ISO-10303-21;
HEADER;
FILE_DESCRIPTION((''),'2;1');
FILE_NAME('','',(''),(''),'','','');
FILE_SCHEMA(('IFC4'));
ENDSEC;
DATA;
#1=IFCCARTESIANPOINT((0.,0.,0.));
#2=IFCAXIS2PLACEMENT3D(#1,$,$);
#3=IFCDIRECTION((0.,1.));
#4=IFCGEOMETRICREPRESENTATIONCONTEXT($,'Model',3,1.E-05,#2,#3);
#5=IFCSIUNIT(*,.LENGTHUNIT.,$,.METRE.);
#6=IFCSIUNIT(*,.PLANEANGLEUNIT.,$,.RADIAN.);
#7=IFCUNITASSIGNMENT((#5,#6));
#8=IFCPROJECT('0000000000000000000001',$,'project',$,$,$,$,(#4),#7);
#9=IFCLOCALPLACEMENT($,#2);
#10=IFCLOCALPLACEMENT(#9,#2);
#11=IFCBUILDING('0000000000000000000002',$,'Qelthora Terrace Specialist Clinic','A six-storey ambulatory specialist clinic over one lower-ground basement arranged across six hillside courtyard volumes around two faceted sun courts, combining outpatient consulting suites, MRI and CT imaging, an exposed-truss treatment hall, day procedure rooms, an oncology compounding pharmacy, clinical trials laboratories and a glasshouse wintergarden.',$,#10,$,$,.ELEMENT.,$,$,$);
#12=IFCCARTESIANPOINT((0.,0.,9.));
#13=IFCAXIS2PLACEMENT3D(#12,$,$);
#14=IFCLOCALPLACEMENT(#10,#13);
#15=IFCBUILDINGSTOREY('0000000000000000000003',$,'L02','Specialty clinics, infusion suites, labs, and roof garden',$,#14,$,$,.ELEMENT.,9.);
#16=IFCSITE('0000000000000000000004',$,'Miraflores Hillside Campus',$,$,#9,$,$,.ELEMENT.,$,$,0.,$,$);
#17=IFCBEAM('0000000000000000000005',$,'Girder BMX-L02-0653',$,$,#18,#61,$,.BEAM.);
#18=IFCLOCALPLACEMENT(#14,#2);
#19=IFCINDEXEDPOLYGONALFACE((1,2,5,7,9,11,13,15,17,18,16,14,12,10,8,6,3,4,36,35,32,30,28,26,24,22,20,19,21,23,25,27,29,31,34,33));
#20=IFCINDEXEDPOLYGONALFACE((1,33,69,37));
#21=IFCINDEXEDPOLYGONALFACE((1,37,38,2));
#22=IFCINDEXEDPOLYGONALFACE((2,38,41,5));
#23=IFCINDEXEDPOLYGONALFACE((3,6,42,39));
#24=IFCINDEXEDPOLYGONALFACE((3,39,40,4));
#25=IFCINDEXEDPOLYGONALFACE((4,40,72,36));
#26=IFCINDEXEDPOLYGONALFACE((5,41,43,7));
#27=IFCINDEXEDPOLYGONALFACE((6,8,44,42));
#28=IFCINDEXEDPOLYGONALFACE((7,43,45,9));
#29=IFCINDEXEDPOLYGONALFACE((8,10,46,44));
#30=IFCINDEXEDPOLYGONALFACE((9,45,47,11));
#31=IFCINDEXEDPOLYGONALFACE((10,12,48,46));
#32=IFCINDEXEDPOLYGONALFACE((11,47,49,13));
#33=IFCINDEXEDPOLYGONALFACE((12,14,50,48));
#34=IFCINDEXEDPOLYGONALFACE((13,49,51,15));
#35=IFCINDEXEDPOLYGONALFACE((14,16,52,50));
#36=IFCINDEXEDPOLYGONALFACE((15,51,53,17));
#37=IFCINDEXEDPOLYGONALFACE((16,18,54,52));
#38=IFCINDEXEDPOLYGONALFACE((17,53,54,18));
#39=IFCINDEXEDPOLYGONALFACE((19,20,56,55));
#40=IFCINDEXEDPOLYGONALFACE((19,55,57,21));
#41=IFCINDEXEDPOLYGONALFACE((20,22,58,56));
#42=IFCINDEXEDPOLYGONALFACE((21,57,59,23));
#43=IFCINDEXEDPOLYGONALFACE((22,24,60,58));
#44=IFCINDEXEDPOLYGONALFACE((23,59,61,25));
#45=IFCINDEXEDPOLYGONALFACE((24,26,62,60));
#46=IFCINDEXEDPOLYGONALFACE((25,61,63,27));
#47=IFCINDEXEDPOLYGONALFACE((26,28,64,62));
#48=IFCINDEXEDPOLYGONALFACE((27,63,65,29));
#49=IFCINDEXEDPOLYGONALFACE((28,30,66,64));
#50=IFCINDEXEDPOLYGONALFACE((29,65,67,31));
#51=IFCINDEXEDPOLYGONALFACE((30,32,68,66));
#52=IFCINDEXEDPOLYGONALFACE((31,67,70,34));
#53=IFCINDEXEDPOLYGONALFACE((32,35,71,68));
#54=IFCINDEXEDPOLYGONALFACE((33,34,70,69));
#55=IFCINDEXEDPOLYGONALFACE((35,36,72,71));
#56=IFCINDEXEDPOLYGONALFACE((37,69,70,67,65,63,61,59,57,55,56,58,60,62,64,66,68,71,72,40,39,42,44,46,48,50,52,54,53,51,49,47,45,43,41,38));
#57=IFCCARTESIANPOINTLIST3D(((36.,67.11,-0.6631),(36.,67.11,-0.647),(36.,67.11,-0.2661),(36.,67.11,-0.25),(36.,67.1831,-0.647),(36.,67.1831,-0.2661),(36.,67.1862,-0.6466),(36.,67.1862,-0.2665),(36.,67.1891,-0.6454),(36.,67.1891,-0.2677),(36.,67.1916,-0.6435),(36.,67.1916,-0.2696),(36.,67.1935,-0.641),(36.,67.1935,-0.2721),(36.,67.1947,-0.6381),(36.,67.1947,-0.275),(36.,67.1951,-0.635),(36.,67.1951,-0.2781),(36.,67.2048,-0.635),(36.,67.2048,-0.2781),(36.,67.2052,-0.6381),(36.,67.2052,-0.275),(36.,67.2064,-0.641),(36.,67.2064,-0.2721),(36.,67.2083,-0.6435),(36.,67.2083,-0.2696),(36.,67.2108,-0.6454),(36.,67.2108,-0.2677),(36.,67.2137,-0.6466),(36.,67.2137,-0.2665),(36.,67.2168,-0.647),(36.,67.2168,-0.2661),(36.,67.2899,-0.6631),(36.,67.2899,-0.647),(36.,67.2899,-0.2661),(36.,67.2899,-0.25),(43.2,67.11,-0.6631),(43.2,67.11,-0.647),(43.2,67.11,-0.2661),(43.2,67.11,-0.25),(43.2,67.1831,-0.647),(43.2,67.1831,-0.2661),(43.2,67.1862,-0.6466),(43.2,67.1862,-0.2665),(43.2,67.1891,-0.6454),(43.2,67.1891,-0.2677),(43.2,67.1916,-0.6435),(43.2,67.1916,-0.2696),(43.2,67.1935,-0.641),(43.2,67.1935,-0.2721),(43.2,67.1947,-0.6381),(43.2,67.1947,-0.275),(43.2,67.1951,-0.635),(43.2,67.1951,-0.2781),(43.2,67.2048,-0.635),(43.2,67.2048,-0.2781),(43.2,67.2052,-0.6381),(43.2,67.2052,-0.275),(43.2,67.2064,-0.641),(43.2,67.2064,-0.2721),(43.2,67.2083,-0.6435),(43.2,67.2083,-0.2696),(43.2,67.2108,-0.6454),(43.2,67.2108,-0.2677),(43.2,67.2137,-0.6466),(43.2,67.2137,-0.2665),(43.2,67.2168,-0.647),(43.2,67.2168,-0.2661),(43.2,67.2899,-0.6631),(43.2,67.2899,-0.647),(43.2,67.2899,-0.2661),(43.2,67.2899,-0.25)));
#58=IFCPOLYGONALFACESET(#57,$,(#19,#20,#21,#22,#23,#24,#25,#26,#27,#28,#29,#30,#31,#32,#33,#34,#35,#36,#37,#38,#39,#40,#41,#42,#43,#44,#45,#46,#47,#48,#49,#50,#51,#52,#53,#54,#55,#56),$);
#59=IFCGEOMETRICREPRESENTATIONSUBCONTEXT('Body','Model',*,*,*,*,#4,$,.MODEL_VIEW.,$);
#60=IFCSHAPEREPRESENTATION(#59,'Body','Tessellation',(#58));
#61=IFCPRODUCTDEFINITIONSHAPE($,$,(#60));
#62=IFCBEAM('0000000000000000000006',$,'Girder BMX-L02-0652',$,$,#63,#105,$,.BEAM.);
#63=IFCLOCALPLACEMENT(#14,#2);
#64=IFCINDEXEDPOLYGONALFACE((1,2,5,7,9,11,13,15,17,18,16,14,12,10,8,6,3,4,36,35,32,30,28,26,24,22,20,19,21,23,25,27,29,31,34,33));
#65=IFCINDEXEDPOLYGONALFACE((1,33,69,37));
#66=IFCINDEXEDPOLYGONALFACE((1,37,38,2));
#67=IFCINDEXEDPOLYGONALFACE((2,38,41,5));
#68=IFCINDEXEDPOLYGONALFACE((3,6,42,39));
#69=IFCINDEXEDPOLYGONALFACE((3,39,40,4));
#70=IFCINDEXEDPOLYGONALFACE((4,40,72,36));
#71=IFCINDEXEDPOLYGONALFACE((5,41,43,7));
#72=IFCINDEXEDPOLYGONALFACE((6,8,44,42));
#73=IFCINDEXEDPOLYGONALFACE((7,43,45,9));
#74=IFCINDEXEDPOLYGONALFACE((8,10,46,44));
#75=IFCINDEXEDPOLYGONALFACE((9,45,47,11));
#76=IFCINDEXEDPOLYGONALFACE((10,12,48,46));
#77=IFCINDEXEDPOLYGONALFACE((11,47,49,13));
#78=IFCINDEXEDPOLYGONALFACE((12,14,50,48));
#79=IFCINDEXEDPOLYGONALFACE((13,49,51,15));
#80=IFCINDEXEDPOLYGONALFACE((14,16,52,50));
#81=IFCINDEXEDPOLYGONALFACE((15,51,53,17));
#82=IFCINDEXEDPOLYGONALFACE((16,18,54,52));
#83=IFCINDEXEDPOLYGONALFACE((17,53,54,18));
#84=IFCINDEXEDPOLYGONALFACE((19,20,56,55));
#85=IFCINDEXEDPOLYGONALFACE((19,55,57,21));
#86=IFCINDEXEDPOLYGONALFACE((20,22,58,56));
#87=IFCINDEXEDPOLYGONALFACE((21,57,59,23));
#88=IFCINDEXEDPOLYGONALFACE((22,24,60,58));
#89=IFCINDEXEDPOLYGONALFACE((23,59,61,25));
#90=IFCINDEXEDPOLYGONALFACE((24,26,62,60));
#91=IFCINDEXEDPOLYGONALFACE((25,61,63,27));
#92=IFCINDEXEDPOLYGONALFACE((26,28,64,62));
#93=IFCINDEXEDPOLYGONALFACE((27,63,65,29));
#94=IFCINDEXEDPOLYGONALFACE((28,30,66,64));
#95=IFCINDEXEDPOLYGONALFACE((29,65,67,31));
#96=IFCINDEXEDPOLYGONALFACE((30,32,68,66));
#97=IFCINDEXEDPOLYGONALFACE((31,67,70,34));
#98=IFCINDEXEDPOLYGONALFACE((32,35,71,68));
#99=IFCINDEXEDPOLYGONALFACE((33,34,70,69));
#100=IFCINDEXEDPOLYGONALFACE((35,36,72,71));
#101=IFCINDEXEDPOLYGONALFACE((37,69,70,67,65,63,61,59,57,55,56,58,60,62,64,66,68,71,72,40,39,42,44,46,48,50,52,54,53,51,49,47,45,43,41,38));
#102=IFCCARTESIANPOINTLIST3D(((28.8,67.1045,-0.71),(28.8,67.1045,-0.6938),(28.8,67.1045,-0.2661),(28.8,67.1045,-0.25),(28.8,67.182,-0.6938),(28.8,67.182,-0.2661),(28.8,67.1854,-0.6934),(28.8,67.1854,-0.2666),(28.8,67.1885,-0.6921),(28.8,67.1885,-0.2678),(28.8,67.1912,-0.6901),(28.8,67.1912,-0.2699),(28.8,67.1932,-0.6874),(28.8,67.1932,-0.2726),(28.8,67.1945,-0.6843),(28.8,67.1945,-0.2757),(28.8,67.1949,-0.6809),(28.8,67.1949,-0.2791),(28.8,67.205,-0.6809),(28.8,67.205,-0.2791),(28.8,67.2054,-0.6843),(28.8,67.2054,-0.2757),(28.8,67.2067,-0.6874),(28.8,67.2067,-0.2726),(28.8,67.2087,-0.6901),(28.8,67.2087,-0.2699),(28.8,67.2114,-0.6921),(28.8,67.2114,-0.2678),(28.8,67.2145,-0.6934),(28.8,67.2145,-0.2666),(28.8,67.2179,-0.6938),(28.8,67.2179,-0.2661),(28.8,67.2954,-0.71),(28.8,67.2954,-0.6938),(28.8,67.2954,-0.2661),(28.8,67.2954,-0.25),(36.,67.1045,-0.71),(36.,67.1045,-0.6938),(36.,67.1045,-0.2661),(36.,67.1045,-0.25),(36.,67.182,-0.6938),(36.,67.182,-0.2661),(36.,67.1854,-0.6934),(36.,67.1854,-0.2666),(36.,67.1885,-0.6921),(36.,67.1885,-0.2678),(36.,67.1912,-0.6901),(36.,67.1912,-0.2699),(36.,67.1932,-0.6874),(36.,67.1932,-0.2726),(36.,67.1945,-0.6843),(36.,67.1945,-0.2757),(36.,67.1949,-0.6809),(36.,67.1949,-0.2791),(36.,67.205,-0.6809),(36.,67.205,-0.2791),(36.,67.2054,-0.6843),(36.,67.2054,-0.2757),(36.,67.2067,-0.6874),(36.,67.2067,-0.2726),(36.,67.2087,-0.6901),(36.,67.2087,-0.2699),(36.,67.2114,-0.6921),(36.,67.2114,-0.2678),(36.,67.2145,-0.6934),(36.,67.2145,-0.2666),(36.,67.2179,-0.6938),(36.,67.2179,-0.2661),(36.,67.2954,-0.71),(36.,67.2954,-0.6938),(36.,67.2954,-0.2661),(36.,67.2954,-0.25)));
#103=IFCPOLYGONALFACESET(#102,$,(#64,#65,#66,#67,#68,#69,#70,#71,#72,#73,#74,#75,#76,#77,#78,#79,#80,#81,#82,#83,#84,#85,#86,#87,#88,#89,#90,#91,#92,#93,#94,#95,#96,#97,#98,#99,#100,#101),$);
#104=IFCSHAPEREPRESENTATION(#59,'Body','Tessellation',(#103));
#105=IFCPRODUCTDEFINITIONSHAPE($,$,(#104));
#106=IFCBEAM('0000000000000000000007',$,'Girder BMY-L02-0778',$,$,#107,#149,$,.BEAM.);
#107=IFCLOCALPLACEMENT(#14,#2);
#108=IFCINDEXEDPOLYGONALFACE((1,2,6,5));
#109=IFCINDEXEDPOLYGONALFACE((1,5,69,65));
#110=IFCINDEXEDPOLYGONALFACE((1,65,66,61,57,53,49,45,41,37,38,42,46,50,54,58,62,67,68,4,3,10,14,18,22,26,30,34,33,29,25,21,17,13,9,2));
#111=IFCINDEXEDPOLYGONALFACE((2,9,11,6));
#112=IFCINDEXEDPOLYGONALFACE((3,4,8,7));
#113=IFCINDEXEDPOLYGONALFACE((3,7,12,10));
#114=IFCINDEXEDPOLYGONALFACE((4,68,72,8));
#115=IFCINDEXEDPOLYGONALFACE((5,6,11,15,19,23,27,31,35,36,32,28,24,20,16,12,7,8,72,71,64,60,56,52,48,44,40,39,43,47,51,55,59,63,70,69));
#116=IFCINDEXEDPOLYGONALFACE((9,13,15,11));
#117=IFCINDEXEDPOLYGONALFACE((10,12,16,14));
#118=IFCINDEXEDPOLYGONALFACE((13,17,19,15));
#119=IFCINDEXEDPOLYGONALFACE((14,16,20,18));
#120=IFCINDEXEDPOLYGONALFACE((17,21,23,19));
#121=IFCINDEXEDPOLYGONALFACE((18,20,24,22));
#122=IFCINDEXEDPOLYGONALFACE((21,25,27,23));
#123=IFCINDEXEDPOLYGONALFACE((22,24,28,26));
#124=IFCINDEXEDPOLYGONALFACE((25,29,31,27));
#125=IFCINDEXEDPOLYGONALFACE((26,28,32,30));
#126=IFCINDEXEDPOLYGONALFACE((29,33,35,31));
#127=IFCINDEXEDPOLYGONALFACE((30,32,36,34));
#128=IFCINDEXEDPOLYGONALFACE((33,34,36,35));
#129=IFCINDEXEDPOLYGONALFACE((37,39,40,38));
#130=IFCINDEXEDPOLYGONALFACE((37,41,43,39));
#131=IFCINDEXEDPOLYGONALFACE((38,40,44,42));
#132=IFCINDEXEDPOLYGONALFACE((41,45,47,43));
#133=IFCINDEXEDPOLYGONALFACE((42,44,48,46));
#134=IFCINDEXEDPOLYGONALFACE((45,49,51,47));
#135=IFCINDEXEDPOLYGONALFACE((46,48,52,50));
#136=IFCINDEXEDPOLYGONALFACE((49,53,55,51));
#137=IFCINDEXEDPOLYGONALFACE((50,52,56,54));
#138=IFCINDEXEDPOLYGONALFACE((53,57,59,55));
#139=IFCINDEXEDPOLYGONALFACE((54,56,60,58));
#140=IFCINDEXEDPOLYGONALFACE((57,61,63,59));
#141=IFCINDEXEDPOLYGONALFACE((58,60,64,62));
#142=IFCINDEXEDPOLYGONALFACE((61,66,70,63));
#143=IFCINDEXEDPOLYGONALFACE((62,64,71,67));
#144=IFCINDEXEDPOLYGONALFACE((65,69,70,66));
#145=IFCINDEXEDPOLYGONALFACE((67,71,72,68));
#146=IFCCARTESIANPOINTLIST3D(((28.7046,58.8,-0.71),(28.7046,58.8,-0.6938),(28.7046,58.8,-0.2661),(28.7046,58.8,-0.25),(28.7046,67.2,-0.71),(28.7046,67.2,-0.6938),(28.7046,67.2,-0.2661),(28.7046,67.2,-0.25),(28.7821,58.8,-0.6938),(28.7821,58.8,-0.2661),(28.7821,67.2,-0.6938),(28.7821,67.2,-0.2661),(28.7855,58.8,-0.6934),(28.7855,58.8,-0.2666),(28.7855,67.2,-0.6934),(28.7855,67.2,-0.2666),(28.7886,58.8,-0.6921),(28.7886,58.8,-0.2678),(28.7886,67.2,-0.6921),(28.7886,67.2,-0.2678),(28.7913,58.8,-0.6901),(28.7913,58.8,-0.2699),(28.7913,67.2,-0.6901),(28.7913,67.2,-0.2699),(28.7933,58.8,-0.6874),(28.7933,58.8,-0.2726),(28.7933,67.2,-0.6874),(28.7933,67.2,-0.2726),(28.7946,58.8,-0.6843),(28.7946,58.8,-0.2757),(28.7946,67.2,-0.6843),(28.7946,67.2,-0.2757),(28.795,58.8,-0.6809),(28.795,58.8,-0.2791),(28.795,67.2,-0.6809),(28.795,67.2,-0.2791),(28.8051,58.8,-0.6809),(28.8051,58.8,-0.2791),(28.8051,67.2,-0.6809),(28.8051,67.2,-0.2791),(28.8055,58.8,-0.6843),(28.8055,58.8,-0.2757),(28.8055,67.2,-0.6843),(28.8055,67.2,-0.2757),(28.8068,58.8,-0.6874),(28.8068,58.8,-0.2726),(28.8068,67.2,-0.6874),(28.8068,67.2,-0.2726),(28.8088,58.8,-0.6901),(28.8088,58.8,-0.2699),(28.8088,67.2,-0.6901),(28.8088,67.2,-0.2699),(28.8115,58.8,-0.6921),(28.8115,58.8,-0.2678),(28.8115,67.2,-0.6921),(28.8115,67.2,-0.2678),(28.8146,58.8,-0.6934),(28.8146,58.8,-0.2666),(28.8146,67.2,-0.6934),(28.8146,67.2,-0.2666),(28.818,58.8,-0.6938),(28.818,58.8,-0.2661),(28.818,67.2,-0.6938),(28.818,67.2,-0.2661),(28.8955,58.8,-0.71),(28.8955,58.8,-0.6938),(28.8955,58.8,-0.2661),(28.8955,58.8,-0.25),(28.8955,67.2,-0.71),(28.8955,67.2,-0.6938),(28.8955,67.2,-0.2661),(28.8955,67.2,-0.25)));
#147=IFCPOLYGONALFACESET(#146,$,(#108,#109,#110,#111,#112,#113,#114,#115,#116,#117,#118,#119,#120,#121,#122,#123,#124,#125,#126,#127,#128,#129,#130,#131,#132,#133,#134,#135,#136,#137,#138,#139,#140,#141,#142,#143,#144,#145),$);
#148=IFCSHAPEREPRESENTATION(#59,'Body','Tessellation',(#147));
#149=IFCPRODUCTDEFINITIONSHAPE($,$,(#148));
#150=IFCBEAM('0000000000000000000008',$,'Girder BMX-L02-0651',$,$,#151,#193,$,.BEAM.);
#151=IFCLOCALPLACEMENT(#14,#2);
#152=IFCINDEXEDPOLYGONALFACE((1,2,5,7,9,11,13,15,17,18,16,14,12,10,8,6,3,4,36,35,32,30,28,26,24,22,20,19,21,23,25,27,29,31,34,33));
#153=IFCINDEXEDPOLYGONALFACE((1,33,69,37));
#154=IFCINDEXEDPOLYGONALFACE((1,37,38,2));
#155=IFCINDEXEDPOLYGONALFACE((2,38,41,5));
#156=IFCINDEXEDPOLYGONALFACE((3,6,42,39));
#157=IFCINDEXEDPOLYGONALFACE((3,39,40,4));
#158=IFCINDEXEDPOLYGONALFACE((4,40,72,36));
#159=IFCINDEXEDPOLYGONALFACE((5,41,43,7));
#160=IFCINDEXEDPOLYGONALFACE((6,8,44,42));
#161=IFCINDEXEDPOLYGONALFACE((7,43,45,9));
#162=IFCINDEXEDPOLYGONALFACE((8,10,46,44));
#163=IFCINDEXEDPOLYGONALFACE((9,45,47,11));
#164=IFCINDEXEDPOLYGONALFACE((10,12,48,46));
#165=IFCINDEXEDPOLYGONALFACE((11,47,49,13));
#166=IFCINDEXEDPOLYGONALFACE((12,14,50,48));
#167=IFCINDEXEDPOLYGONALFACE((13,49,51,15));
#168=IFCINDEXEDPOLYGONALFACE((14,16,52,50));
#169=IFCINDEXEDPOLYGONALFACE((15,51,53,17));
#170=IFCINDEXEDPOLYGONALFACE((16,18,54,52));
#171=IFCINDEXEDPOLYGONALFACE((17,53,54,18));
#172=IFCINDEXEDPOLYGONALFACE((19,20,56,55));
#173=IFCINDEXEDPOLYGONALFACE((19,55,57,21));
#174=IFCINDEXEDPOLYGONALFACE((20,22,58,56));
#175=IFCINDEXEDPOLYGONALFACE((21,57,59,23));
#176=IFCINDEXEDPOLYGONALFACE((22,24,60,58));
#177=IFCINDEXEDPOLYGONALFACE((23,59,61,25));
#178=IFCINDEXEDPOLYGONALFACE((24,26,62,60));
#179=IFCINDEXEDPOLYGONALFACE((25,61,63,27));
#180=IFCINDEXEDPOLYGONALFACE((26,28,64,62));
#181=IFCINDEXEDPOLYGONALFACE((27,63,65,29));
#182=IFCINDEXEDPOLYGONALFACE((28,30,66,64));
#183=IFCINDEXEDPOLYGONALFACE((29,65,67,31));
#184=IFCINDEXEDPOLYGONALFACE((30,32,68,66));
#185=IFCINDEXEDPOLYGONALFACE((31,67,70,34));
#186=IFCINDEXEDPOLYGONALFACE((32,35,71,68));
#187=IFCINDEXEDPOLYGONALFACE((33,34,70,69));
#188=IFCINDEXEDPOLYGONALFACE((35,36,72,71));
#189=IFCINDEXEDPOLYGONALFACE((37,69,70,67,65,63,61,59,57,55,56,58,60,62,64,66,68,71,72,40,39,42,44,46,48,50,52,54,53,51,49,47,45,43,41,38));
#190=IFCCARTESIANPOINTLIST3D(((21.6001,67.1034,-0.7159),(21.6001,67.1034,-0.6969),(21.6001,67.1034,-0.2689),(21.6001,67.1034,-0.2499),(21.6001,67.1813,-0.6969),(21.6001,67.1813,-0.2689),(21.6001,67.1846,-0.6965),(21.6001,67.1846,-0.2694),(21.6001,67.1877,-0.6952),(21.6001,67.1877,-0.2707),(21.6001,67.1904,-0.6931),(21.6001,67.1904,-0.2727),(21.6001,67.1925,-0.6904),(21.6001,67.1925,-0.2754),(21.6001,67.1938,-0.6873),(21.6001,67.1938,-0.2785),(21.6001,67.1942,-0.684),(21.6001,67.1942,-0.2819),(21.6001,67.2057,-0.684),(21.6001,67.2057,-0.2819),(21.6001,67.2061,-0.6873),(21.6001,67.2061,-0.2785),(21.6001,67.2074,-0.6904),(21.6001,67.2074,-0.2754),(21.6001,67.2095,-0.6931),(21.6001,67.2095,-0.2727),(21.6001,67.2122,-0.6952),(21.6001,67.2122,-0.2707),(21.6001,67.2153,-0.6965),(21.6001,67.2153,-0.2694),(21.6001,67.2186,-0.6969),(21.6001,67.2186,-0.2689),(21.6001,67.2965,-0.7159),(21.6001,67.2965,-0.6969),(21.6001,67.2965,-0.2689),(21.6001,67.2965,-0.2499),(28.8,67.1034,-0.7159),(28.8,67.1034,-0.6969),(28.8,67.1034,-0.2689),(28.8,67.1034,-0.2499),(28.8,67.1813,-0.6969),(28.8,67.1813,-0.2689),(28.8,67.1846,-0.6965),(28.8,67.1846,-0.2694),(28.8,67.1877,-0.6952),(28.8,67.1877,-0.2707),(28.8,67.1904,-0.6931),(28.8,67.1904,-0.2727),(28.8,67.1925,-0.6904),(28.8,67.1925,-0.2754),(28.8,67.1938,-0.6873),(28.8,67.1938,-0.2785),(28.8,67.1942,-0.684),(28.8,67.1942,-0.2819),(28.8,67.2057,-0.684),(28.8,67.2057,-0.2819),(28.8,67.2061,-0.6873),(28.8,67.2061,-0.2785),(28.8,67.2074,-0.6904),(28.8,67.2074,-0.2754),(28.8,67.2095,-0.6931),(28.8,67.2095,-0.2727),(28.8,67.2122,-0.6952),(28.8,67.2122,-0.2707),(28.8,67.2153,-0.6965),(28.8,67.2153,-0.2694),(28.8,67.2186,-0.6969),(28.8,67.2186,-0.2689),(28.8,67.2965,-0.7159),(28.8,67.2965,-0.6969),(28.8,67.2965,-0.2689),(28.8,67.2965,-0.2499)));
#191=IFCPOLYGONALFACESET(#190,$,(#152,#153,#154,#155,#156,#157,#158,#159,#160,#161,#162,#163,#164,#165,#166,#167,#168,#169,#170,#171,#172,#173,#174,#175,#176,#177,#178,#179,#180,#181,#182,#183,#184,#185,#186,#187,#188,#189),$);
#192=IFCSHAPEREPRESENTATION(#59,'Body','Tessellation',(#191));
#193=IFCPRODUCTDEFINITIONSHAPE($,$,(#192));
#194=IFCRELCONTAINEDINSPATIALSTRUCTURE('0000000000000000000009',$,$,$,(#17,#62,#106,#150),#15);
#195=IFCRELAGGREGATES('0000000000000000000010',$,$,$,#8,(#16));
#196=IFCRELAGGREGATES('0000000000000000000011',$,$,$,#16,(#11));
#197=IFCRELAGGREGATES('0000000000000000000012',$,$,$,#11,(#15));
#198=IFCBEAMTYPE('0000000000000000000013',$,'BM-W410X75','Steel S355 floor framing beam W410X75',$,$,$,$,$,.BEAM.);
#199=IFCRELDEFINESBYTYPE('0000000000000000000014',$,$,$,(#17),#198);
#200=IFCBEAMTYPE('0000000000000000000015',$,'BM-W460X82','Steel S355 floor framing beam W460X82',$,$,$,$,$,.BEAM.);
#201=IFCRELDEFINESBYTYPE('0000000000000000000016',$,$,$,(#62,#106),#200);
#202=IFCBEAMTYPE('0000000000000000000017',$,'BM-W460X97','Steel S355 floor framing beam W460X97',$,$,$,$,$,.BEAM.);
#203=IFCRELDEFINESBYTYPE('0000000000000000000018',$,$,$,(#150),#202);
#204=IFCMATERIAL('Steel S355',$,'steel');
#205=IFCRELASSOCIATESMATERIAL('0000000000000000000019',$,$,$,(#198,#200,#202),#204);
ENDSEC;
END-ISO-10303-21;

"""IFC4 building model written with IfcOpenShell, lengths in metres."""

from ifc_helpers import new_model, si_unit, direction, frame, origin, origin_2d, place, context, subcontext, project, spatial, i_section, extrude, material, material_profile, profile_set, type_object, element, save


model = new_model("IFC4")

# Units and contexts
model_context = context("Model", 3, precision=1e-05, world=origin(), true_north=direction((0.0, 1.0)))
body_context = subcontext(model_context, "Body", "Model", "MODEL_VIEW")
ifc_project = project(units=[si_unit("LENGTHUNIT", "METRE"), si_unit("PLANEANGLEUNIT", "RADIAN")], contexts=[model_context])

# Site, building, storey
site_placement = place(None, origin())
site = spatial("IfcSite", under=ifc_project, at=site_placement, Name="Miraflores Hillside Campus", CompositionType="ELEMENT", RefElevation=0.0)
building_placement = place(site_placement, origin())
building = spatial("IfcBuilding", under=site, at=building_placement, Name="Qelthora Terrace Specialist Clinic", Description="A six-storey ambulatory specialist clinic over one lower-ground basement arranged across six hillside courtyard volumes around two faceted sun courts, combining outpatient consulting suites, MRI and CT imaging, an exposed-truss treatment hall, day procedure rooms, an oncology compounding pharmacy, clinical trials laboratories and a glasshouse wintergarden.", CompositionType="ELEMENT")
storey_placement = place(building_placement, frame((0.0, 0.0, 9.0)))
storey = spatial("IfcBuildingStorey", under=building, at=storey_placement, Name="L02", Description="Specialty clinics, infusion suites, labs, and roof garden", CompositionType="ELEMENT", Elevation=9.0)

# Shared definitions
ifc_material_1 = material(Name="Steel S355", Category="steel")

# Beams
ifc_material_profile_1 = material_profile(ifc_material_1, i_section(OverallWidth=0.1799, OverallDepth=0.4131, WebThickness=0.0098, FlangeThickness=0.0161, FilletRadius=0.012, at=origin_2d()), Name="W410X75")
ifc_profile_set_1 = profile_set([ifc_material_profile_1], Name="Steel S355")
beam_type_1 = type_object("IfcBeamType", Name="BM-W410X75", Description="Steel S355 floor framing beam W410X75", PredefinedType="BEAM", material=ifc_profile_set_1)
beam_1_placement = place(storey_placement, frame((36.0, 67.2, -0.4565), z_axis=(1.0, 0.0, 0.0), x_axis=(0.0, 1.0, 0.0)))
element("IfcBeam", 1, at=beam_1_placement, inside=storey, type_object=beam_type_1, Name="Girder BMX-L02-0653", PredefinedType="BEAM", context=body_context, shape_type="SweptSolid", body=[
    extrude(i_section(OverallWidth=0.1799, OverallDepth=0.4131, WebThickness=0.0098, FlangeThickness=0.0161, FilletRadius=0.012, at=origin_2d()), origin(), (0.0, 0.0, 1.0), 7.2),
])
ifc_material_profile_2 = material_profile(ifc_material_1, i_section(OverallWidth=0.1909, OverallDepth=0.46, WebThickness=0.01, FlangeThickness=0.0161, FilletRadius=0.0129, at=origin_2d()), Name="W460X82")
ifc_profile_set_2 = profile_set([ifc_material_profile_2], Name="Steel S355")
beam_type_2 = type_object("IfcBeamType", Name="BM-W460X82", Description="Steel S355 floor framing beam W460X82", PredefinedType="BEAM", material=ifc_profile_set_2)
beam_2_placement = place(storey_placement, frame((28.8, 67.2, -0.48), z_axis=(1.0, 0.0, 0.0), x_axis=(0.0, 1.0, 0.0)))
element("IfcBeam", 2, at=beam_2_placement, inside=storey, type_object=beam_type_2, Name="Girder BMX-L02-0652", PredefinedType="BEAM", context=body_context, shape_type="SweptSolid", body=[
    extrude(i_section(OverallWidth=0.1909, OverallDepth=0.46, WebThickness=0.01, FlangeThickness=0.0161, FilletRadius=0.0129, at=origin_2d()), origin(), (0.0, 0.0, 1.0), 7.2),
])
beam_3_placement = place(storey_placement, frame((28.8, 58.8, -0.48), z_axis=(0.0, 1.0, 0.0), x_axis=(-1.0, 0.0, 0.0)))
element("IfcBeam", 3, at=beam_3_placement, inside=storey, type_object=beam_type_2, Name="Girder BMY-L02-0778", PredefinedType="BEAM", context=body_context, shape_type="SweptSolid", body=[
    extrude(i_section(OverallWidth=0.1909, OverallDepth=0.46, WebThickness=0.01, FlangeThickness=0.0161, FilletRadius=0.0129, at=origin_2d()), origin(), (0.0, 0.0, 1.0), 8.3999),
])
ifc_material_profile_3 = material_profile(ifc_material_1, i_section(OverallWidth=0.1931, OverallDepth=0.4661, WebThickness=0.0115, FlangeThickness=0.019, FilletRadius=0.0129, at=origin_2d()), Name="W460X97")
ifc_profile_set_3 = profile_set([ifc_material_profile_3], Name="Steel S355")
beam_type_3 = type_object("IfcBeamType", Name="BM-W460X97", Description="Steel S355 floor framing beam W460X97", PredefinedType="BEAM", material=ifc_profile_set_3)
beam_4_placement = place(storey_placement, frame((21.6001, 67.2, -0.4829), z_axis=(1.0, 0.0, 0.0), x_axis=(0.0, 1.0, 0.0)))
element("IfcBeam", 4, at=beam_4_placement, inside=storey, type_object=beam_type_3, Name="Girder BMX-L02-0651", PredefinedType="BEAM", context=body_context, shape_type="SweptSolid", body=[
    extrude(i_section(OverallWidth=0.1931, OverallDepth=0.4661, WebThickness=0.0115, FlangeThickness=0.019, FilletRadius=0.0129, at=origin_2d()), origin(), (0.0, 0.0, 1.0), 7.2),
])

save(model, "model.ifc")
